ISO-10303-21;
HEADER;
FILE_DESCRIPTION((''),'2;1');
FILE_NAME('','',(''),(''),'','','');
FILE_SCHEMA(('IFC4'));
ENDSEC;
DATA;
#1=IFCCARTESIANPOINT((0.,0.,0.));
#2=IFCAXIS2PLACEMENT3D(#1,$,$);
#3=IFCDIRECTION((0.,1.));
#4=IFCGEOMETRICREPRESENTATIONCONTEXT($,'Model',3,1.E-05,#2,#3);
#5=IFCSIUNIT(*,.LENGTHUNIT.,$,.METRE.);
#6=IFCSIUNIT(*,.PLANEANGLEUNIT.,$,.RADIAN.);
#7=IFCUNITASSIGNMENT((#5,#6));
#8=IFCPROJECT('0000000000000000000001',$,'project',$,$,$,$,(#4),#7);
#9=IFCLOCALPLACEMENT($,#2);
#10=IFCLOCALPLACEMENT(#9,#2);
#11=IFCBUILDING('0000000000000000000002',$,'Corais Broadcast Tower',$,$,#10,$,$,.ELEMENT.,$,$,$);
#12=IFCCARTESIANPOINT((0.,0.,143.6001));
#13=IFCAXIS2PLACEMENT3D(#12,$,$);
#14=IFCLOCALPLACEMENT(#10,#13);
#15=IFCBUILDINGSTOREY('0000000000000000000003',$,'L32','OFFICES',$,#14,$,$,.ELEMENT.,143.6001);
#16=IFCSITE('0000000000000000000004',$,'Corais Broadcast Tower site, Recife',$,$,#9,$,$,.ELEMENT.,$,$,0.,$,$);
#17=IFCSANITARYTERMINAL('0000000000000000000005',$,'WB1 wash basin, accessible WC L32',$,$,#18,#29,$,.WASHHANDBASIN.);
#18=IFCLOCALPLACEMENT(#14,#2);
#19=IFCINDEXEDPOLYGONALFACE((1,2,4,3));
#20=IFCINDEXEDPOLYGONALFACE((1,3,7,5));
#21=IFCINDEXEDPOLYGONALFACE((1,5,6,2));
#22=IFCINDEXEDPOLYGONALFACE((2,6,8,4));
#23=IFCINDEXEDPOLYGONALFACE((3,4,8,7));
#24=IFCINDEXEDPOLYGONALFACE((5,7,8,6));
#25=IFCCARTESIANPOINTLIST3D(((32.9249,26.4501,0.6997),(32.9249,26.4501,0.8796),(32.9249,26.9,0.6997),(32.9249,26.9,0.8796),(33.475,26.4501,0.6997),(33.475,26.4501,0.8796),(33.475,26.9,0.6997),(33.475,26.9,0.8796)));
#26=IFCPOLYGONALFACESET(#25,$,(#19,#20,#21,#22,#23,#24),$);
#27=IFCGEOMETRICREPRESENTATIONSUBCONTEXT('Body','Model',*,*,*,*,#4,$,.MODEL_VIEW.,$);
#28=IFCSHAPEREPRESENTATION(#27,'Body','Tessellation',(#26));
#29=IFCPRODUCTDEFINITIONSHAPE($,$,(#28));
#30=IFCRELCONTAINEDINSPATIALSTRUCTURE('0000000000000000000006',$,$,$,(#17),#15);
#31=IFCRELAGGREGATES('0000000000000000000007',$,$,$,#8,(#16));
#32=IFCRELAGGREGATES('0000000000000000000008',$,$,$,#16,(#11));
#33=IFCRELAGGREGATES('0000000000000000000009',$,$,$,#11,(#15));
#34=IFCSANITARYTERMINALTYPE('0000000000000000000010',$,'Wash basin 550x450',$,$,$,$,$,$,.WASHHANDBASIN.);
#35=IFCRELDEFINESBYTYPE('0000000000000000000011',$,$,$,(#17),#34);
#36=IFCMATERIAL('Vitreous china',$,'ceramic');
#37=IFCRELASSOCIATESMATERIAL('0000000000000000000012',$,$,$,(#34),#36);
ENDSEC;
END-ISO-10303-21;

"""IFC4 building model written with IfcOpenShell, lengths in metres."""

from ifc_helpers import new_model, si_unit, direction, frame, origin, origin_2d, place, context, subcontext, project, spatial, rectangle, extrude, material, type_object, element, save


model = new_model("IFC4")

# Units and contexts
model_context = context("Model", 3, precision=1e-05, world=origin(), true_north=direction((0.0, 1.0)))
body_context = subcontext(model_context, "Body", "Model", "MODEL_VIEW")
ifc_project = project(units=[si_unit("LENGTHUNIT", "METRE"), si_unit("PLANEANGLEUNIT", "RADIAN")], contexts=[model_context])

# Site, building, storey
site_placement = place(None, origin())
site = spatial("IfcSite", under=ifc_project, at=site_placement, Name="Corais Broadcast Tower site, Recife", CompositionType="ELEMENT", RefElevation=0.0)
building_placement = place(site_placement, origin())
building = spatial("IfcBuilding", under=site, at=building_placement, Name="Corais Broadcast Tower", CompositionType="ELEMENT")
storey_placement = place(building_placement, frame((0.0, 0.0, 143.6001)))
storey = spatial("IfcBuildingStorey", under=building, at=storey_placement, Name="L32", Description="OFFICES", CompositionType="ELEMENT", Elevation=143.6001)

# Sanitary terminal
ifc_material_1 = material(Name="Vitreous china", Category="ceramic")
sanitary_terminal_type_1 = type_object("IfcSanitaryTerminalType", Name="Wash basin 550x450", PredefinedType="WASHHANDBASIN", material=ifc_material_1)
sanitary_terminal_placement = place(storey_placement, frame((33.2, 26.675, 0.6997), z_axis=(0.0, 0.0, 1.0), x_axis=(1.0, 0.0, 0.0)))
element("IfcSanitaryTerminal", 1, at=sanitary_terminal_placement, inside=storey, type_object=sanitary_terminal_type_1, Name="WB1 wash basin, accessible WC L32", PredefinedType="WASHHANDBASIN", context=body_context, shape_type="SweptSolid", body=[
    extrude(rectangle(XDim=0.55, YDim=0.45, at=origin_2d()), origin(), (0.0, 0.0, 1.0), 0.1799),
])

save(model, "model.ifc")
